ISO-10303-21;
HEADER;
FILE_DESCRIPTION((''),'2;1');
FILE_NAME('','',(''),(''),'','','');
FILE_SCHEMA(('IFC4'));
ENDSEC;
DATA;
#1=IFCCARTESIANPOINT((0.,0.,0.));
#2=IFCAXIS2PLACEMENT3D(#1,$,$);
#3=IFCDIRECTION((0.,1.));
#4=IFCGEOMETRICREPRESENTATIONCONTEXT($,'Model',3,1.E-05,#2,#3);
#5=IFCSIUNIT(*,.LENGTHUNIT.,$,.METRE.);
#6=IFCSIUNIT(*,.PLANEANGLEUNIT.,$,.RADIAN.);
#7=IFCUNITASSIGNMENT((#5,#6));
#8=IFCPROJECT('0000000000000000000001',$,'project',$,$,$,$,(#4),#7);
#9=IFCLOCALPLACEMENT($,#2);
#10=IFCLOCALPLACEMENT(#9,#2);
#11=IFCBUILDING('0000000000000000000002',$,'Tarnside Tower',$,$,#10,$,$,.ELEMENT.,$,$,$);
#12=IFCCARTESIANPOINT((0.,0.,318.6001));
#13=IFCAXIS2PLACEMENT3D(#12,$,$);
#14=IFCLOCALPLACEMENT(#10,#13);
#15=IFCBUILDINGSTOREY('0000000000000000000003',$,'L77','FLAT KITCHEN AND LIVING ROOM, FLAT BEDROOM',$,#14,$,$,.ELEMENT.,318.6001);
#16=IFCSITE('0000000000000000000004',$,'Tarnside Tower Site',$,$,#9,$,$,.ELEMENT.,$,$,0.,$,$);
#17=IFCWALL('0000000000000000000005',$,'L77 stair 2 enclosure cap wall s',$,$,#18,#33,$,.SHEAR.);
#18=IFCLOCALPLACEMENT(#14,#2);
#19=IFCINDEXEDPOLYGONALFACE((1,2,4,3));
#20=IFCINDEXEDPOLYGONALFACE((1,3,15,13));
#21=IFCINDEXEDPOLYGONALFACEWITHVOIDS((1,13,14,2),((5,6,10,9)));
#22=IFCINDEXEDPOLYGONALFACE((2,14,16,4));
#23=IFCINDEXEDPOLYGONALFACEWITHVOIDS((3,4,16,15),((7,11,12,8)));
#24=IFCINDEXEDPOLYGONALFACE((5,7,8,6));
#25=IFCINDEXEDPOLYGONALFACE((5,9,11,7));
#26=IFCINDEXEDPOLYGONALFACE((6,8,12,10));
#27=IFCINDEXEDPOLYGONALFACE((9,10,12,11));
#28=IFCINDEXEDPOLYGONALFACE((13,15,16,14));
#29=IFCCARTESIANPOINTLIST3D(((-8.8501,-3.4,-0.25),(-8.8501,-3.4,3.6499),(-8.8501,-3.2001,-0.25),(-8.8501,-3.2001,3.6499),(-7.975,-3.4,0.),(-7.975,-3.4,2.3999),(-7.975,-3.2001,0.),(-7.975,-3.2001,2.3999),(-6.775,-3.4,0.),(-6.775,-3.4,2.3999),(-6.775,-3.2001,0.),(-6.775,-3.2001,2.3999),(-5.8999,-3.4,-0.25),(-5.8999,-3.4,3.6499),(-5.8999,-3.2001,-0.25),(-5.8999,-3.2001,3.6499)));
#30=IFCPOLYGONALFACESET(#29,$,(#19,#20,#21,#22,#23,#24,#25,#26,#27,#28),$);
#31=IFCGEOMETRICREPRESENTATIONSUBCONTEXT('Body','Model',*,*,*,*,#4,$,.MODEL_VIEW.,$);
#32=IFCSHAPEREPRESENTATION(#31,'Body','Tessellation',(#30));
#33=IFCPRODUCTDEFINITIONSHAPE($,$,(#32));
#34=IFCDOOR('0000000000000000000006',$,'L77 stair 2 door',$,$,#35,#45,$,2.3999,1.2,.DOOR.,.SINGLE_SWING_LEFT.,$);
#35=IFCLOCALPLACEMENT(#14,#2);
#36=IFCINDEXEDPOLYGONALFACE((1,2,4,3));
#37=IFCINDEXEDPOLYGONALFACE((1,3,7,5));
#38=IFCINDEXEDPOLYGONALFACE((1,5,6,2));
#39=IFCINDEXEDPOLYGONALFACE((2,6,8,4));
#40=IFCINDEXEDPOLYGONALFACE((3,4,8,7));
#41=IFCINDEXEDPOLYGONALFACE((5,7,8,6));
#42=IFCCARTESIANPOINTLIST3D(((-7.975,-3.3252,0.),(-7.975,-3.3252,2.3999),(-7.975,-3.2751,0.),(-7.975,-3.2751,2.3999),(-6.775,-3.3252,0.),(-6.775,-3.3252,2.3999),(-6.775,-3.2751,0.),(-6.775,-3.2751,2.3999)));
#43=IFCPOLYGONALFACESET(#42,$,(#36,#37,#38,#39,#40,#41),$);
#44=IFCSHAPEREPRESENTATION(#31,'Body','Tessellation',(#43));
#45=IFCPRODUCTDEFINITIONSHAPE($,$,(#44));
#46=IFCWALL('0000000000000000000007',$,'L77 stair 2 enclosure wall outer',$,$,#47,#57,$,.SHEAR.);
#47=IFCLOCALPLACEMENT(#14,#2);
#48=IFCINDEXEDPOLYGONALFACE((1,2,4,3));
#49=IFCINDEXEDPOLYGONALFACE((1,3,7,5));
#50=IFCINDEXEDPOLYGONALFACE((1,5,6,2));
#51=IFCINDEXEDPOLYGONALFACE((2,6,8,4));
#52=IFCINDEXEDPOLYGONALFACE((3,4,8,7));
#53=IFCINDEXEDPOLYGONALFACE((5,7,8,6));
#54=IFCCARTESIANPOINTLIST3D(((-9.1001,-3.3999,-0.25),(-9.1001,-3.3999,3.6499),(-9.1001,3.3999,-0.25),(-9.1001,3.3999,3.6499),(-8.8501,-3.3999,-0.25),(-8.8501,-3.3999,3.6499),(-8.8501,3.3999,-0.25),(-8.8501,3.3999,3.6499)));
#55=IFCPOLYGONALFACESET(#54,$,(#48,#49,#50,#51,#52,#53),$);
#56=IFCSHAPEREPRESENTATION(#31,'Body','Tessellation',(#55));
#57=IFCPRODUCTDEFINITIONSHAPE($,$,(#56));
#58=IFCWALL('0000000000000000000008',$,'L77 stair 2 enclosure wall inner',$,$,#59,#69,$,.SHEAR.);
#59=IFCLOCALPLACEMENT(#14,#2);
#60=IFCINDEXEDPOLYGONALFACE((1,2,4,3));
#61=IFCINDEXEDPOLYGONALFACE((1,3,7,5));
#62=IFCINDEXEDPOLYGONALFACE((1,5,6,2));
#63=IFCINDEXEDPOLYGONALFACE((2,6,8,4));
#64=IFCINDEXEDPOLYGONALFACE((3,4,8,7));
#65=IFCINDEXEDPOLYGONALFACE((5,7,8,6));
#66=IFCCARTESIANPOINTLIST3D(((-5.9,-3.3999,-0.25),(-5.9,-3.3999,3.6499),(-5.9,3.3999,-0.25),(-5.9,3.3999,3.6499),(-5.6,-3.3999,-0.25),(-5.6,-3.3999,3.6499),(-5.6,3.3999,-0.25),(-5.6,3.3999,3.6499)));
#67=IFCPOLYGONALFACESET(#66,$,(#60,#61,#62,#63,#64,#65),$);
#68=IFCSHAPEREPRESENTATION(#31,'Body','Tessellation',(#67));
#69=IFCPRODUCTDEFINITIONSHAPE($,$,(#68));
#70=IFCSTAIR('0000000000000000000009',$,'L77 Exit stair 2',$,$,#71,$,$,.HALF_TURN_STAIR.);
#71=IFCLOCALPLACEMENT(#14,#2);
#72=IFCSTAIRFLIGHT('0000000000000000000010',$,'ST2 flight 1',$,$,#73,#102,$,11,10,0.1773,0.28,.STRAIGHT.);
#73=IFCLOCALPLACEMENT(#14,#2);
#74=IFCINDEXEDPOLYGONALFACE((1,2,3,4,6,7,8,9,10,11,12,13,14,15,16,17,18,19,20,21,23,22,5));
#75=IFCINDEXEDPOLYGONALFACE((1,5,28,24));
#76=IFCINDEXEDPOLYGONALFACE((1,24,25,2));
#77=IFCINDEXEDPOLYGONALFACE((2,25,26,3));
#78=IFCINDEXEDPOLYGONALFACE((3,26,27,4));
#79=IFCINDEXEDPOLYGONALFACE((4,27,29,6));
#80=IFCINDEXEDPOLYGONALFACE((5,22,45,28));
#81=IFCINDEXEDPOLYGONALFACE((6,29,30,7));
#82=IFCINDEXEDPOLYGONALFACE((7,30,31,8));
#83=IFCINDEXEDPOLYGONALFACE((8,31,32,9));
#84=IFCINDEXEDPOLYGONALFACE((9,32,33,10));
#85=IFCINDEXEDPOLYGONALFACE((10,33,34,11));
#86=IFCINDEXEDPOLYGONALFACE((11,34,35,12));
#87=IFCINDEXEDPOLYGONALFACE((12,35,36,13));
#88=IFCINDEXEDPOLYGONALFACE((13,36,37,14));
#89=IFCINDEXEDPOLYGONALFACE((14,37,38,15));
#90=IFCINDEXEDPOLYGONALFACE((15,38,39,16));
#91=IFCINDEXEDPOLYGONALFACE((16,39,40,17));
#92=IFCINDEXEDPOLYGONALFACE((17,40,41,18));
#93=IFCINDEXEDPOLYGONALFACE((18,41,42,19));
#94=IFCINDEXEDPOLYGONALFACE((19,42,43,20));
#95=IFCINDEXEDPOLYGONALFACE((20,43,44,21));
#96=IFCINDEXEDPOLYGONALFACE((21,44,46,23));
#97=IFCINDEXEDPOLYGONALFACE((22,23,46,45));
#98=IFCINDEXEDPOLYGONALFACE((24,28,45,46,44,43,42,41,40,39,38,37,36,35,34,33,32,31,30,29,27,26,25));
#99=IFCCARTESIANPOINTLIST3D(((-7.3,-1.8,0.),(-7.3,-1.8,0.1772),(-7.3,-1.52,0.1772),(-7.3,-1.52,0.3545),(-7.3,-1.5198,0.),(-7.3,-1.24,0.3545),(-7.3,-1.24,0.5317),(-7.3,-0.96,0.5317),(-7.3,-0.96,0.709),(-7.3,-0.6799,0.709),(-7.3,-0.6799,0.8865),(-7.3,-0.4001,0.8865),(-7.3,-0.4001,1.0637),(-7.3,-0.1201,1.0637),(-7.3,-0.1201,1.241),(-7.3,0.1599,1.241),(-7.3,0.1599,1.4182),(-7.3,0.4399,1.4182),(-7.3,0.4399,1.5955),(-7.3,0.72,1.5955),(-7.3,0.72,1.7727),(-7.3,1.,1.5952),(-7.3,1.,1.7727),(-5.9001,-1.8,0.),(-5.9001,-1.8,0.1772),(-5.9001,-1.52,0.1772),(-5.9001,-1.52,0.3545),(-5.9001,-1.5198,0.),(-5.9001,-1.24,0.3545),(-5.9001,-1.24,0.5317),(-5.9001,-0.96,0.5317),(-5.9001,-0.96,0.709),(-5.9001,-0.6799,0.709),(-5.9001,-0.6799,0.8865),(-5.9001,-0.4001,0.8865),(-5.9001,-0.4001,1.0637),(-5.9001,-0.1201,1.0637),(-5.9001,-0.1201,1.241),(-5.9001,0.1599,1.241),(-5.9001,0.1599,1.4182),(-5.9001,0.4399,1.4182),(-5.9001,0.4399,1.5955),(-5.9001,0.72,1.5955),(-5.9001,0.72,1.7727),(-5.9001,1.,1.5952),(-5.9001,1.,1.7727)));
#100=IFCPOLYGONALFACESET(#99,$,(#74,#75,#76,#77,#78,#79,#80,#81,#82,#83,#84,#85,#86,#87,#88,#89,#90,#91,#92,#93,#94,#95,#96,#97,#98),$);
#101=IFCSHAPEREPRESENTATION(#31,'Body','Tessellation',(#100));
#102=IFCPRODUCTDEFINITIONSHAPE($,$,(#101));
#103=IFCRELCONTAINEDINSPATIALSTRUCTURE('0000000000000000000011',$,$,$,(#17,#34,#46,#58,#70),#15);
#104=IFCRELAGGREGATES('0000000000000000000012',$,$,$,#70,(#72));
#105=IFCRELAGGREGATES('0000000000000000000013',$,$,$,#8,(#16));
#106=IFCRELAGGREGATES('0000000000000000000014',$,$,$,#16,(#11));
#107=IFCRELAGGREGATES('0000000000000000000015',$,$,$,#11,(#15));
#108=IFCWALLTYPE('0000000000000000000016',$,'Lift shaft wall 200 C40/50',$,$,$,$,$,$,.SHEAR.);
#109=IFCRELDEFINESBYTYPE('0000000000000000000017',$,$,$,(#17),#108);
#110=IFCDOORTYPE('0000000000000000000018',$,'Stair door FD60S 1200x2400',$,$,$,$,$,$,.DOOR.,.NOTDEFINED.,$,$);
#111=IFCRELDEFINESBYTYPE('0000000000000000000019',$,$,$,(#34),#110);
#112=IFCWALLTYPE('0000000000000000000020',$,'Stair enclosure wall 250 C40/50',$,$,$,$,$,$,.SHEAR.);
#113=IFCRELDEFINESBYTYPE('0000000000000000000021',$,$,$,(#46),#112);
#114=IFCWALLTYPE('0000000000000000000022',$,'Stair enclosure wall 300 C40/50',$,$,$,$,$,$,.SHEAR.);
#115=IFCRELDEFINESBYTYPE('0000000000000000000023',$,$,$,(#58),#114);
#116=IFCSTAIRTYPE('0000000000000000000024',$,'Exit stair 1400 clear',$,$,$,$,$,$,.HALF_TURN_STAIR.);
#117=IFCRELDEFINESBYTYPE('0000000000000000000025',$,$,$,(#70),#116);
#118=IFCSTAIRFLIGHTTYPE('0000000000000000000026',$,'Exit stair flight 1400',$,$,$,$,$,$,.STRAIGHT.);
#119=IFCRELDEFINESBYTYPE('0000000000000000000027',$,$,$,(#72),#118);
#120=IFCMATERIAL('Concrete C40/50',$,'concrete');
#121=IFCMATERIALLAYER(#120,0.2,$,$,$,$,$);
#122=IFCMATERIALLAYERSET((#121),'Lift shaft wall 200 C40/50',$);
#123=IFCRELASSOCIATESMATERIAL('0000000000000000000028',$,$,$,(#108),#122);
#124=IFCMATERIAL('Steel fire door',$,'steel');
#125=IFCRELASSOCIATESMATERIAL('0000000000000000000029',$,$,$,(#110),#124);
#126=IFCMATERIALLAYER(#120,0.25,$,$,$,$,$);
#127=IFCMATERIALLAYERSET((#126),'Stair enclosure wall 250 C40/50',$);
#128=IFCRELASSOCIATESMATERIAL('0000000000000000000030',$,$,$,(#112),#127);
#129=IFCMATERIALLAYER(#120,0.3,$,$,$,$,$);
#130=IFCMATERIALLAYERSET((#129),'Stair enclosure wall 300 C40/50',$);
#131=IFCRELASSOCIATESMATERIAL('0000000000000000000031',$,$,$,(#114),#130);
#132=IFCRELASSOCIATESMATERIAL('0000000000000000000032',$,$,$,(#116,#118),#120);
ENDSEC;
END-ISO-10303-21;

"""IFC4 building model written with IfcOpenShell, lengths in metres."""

from ifc_helpers import new_model, si_unit, direction, frame, frame_2d, origin, place, context, subcontext, project, spatial, polyline, rectangle, outline, extrude, material, layer, layer_set, type_object, element, fill, aggregate, save


model = new_model("IFC4")

# Units and contexts
model_context = context("Model", 3, precision=1e-05, world=origin(), true_north=direction((0.0, 1.0)))
body_context = subcontext(model_context, "Body", "Model", "MODEL_VIEW")
ifc_project = project(units=[si_unit("LENGTHUNIT", "METRE"), si_unit("PLANEANGLEUNIT", "RADIAN")], contexts=[model_context])

# Site, building, storey
site_placement = place(None, origin())
site = spatial("IfcSite", under=ifc_project, at=site_placement, Name="Tarnside Tower Site", CompositionType="ELEMENT", RefElevation=0.0)
building_placement = place(site_placement, origin())
building = spatial("IfcBuilding", under=site, at=building_placement, Name="Tarnside Tower", CompositionType="ELEMENT")
storey_placement = place(building_placement, frame((0.0, 0.0, 318.6001)))
storey = spatial("IfcBuildingStorey", under=building, at=storey_placement, Name="L77", Description="FLAT KITCHEN AND LIVING ROOM, FLAT BEDROOM", CompositionType="ELEMENT", Elevation=318.6001)

# Shared definitions
ifc_material_1 = material(Name="Concrete C40/50", Category="concrete")

# Shared definitions
ifc_material_2 = material(Name="Steel fire door", Category="steel")

# Shared definitions
ifc_layer_1 = layer(ifc_material_1, 0.2)
ifc_layer_set_1 = layer_set([ifc_layer_1], Name="Lift shaft wall 200 C40/50")
wall_type_1 = type_object("IfcWallType", Name="Lift shaft wall 200 C40/50", PredefinedType="SHEAR", material=ifc_layer_set_1)

# Wall, opening, door
wall_1_placement = place(storey_placement, frame((-8.8501, -3.3, -0.25), z_axis=(0.0, 0.0, 1.0), x_axis=(1.0, 0.0, 0.0)))
wall_1 = element("IfcWall", 1, at=wall_1_placement, inside=storey, type_object=wall_type_1, Name="L77 stair 2 enclosure cap wall s", PredefinedType="SHEAR", context=body_context, shape_type="SweptSolid", body=[
    extrude(rectangle(XDim=2.9502, YDim=0.2, at=frame_2d((1.4751, 0.0))), origin(), (0.0, 0.0, 1.0), 3.8999),
])
opening_1_placement = place(wall_1_placement, frame((0.875, 0.0, 0.25)))
opening_1 = element("IfcOpeningElement", 2, at=opening_1_placement, cuts=wall_1, PredefinedType="OPENING", context=body_context, shape_type="SweptSolid", body=[
    extrude(rectangle(XDim=1.2, YDim=2.3999, at=frame_2d((0.6001, 1.2))), frame((0.0, 0.1099, 0.0), z_axis=(0.0, -1.0, 0.0), x_axis=(1.0, 0.0, 0.0)), (0.0, 0.0, 1.0), 0.22),
])
door_type_1 = type_object("IfcDoorType", Name="Stair door FD60S 1200x2400", OperationType="NOTDEFINED", PredefinedType="DOOR", material=ifc_material_2)
door_1_placement = place(opening_1_placement, origin())
door_1 = element("IfcDoor", 3, at=door_1_placement, inside=storey, type_object=door_type_1, Name="L77 stair 2 door", OperationType="SINGLE_SWING_LEFT", OverallHeight=2.3999, OverallWidth=1.2, PredefinedType="DOOR", context=body_context, shape_type="SweptSolid", body=[
    extrude(rectangle(XDim=1.2, YDim=2.3999, at=frame_2d((0.6001, 1.2))), frame((0.0, 0.0249, 0.0), z_axis=(0.0, -1.0, 0.0), x_axis=(1.0, 0.0, 0.0)), (0.0, 0.0, 1.0), 0.05),
])
fill(opening_1, door_1)

# Walls
ifc_layer_2 = layer(ifc_material_1, 0.25)
ifc_layer_set_2 = layer_set([ifc_layer_2], Name="Stair enclosure wall 250 C40/50")
wall_type_2 = type_object("IfcWallType", Name="Stair enclosure wall 250 C40/50", PredefinedType="SHEAR", material=ifc_layer_set_2)
wall_2_placement = place(storey_placement, frame((-8.9751, -3.3999, -0.25), z_axis=(0.0, 0.0, 1.0), x_axis=(0.0, 1.0, 0.0)))
element("IfcWall", 4, at=wall_2_placement, inside=storey, type_object=wall_type_2, Name="L77 stair 2 enclosure wall outer", PredefinedType="SHEAR", context=body_context, shape_type="SweptSolid", body=[
    extrude(rectangle(XDim=6.7998, YDim=0.25, at=frame_2d((3.3999, 0.0))), origin(), (0.0, 0.0, 1.0), 3.8999),
])
ifc_layer_3 = layer(ifc_material_1, 0.3)
ifc_layer_set_3 = layer_set([ifc_layer_3], Name="Stair enclosure wall 300 C40/50")
wall_type_3 = type_object("IfcWallType", Name="Stair enclosure wall 300 C40/50", PredefinedType="SHEAR", material=ifc_layer_set_3)
wall_3_placement = place(storey_placement, frame((-5.75, -3.3999, -0.25), z_axis=(0.0, 0.0, 1.0), x_axis=(0.0, 1.0, 0.0)))
element("IfcWall", 5, at=wall_3_placement, inside=storey, type_object=wall_type_3, Name="L77 stair 2 enclosure wall inner", PredefinedType="SHEAR", context=body_context, shape_type="SweptSolid", body=[
    extrude(rectangle(XDim=6.7998, YDim=0.3, at=frame_2d((3.3999, 0.0))), origin(), (0.0, 0.0, 1.0), 3.8999),
])

# Stair, stair flight
stair_type = type_object("IfcStairType", Name="Exit stair 1400 clear", PredefinedType="HALF_TURN_STAIR", material=ifc_material_1)
stair_placement = place(storey_placement, origin())
stair = element("IfcStair", 6, at=stair_placement, inside=storey, type_object=stair_type, Name="L77 Exit stair 2", PredefinedType="HALF_TURN_STAIR")
stair_flight_type = type_object("IfcStairFlightType", Name="Exit stair flight 1400", PredefinedType="STRAIGHT", material=ifc_material_1)
stair_flight_placement = place(storey_placement, frame((-6.6001, -1.8, 0.0), z_axis=(0.0, 0.0, 1.0), x_axis=(0.0, 1.0, 0.0)))
stair_flight = element("IfcStairFlight", 7, at=stair_flight_placement, type_object=stair_flight_type, Name="ST2 flight 1", NumberOfRisers=11, NumberOfTreads=10, PredefinedType="STRAIGHT", RiserHeight=0.1773, TreadLength=0.28, context=body_context, shape_type="SweptSolid", body=[
    extrude(outline(polyline([(0.0, 0.0), (0.0, 0.1772), (0.28, 0.1772), (0.28, 0.3545), (0.5601, 0.3545), (0.5601, 0.5317), (0.8401, 0.5317), (0.8401, 0.709), (1.1201, 0.709), (1.1201, 0.8865), (1.3999, 0.8865), (1.3999, 1.0637), (1.6799, 1.0637), (1.6799, 1.241), (1.96, 1.241), (1.96, 1.4182), (2.24, 1.4182), (2.24, 1.5955), (2.52, 1.5955), (2.52, 1.7727), (2.8, 1.7727), (2.8, 1.95), (2.8, 1.5952), (0.2803, 0.0), (0.0, 0.0)])), frame((0.0, 0.7, 0.0), z_axis=(0.0, -1.0, 0.0), x_axis=(1.0, 0.0, 0.0)), (0.0, 0.0, 1.0), 1.3999),
])
aggregate(stair, [stair_flight])

save(model, "model.ifc")
